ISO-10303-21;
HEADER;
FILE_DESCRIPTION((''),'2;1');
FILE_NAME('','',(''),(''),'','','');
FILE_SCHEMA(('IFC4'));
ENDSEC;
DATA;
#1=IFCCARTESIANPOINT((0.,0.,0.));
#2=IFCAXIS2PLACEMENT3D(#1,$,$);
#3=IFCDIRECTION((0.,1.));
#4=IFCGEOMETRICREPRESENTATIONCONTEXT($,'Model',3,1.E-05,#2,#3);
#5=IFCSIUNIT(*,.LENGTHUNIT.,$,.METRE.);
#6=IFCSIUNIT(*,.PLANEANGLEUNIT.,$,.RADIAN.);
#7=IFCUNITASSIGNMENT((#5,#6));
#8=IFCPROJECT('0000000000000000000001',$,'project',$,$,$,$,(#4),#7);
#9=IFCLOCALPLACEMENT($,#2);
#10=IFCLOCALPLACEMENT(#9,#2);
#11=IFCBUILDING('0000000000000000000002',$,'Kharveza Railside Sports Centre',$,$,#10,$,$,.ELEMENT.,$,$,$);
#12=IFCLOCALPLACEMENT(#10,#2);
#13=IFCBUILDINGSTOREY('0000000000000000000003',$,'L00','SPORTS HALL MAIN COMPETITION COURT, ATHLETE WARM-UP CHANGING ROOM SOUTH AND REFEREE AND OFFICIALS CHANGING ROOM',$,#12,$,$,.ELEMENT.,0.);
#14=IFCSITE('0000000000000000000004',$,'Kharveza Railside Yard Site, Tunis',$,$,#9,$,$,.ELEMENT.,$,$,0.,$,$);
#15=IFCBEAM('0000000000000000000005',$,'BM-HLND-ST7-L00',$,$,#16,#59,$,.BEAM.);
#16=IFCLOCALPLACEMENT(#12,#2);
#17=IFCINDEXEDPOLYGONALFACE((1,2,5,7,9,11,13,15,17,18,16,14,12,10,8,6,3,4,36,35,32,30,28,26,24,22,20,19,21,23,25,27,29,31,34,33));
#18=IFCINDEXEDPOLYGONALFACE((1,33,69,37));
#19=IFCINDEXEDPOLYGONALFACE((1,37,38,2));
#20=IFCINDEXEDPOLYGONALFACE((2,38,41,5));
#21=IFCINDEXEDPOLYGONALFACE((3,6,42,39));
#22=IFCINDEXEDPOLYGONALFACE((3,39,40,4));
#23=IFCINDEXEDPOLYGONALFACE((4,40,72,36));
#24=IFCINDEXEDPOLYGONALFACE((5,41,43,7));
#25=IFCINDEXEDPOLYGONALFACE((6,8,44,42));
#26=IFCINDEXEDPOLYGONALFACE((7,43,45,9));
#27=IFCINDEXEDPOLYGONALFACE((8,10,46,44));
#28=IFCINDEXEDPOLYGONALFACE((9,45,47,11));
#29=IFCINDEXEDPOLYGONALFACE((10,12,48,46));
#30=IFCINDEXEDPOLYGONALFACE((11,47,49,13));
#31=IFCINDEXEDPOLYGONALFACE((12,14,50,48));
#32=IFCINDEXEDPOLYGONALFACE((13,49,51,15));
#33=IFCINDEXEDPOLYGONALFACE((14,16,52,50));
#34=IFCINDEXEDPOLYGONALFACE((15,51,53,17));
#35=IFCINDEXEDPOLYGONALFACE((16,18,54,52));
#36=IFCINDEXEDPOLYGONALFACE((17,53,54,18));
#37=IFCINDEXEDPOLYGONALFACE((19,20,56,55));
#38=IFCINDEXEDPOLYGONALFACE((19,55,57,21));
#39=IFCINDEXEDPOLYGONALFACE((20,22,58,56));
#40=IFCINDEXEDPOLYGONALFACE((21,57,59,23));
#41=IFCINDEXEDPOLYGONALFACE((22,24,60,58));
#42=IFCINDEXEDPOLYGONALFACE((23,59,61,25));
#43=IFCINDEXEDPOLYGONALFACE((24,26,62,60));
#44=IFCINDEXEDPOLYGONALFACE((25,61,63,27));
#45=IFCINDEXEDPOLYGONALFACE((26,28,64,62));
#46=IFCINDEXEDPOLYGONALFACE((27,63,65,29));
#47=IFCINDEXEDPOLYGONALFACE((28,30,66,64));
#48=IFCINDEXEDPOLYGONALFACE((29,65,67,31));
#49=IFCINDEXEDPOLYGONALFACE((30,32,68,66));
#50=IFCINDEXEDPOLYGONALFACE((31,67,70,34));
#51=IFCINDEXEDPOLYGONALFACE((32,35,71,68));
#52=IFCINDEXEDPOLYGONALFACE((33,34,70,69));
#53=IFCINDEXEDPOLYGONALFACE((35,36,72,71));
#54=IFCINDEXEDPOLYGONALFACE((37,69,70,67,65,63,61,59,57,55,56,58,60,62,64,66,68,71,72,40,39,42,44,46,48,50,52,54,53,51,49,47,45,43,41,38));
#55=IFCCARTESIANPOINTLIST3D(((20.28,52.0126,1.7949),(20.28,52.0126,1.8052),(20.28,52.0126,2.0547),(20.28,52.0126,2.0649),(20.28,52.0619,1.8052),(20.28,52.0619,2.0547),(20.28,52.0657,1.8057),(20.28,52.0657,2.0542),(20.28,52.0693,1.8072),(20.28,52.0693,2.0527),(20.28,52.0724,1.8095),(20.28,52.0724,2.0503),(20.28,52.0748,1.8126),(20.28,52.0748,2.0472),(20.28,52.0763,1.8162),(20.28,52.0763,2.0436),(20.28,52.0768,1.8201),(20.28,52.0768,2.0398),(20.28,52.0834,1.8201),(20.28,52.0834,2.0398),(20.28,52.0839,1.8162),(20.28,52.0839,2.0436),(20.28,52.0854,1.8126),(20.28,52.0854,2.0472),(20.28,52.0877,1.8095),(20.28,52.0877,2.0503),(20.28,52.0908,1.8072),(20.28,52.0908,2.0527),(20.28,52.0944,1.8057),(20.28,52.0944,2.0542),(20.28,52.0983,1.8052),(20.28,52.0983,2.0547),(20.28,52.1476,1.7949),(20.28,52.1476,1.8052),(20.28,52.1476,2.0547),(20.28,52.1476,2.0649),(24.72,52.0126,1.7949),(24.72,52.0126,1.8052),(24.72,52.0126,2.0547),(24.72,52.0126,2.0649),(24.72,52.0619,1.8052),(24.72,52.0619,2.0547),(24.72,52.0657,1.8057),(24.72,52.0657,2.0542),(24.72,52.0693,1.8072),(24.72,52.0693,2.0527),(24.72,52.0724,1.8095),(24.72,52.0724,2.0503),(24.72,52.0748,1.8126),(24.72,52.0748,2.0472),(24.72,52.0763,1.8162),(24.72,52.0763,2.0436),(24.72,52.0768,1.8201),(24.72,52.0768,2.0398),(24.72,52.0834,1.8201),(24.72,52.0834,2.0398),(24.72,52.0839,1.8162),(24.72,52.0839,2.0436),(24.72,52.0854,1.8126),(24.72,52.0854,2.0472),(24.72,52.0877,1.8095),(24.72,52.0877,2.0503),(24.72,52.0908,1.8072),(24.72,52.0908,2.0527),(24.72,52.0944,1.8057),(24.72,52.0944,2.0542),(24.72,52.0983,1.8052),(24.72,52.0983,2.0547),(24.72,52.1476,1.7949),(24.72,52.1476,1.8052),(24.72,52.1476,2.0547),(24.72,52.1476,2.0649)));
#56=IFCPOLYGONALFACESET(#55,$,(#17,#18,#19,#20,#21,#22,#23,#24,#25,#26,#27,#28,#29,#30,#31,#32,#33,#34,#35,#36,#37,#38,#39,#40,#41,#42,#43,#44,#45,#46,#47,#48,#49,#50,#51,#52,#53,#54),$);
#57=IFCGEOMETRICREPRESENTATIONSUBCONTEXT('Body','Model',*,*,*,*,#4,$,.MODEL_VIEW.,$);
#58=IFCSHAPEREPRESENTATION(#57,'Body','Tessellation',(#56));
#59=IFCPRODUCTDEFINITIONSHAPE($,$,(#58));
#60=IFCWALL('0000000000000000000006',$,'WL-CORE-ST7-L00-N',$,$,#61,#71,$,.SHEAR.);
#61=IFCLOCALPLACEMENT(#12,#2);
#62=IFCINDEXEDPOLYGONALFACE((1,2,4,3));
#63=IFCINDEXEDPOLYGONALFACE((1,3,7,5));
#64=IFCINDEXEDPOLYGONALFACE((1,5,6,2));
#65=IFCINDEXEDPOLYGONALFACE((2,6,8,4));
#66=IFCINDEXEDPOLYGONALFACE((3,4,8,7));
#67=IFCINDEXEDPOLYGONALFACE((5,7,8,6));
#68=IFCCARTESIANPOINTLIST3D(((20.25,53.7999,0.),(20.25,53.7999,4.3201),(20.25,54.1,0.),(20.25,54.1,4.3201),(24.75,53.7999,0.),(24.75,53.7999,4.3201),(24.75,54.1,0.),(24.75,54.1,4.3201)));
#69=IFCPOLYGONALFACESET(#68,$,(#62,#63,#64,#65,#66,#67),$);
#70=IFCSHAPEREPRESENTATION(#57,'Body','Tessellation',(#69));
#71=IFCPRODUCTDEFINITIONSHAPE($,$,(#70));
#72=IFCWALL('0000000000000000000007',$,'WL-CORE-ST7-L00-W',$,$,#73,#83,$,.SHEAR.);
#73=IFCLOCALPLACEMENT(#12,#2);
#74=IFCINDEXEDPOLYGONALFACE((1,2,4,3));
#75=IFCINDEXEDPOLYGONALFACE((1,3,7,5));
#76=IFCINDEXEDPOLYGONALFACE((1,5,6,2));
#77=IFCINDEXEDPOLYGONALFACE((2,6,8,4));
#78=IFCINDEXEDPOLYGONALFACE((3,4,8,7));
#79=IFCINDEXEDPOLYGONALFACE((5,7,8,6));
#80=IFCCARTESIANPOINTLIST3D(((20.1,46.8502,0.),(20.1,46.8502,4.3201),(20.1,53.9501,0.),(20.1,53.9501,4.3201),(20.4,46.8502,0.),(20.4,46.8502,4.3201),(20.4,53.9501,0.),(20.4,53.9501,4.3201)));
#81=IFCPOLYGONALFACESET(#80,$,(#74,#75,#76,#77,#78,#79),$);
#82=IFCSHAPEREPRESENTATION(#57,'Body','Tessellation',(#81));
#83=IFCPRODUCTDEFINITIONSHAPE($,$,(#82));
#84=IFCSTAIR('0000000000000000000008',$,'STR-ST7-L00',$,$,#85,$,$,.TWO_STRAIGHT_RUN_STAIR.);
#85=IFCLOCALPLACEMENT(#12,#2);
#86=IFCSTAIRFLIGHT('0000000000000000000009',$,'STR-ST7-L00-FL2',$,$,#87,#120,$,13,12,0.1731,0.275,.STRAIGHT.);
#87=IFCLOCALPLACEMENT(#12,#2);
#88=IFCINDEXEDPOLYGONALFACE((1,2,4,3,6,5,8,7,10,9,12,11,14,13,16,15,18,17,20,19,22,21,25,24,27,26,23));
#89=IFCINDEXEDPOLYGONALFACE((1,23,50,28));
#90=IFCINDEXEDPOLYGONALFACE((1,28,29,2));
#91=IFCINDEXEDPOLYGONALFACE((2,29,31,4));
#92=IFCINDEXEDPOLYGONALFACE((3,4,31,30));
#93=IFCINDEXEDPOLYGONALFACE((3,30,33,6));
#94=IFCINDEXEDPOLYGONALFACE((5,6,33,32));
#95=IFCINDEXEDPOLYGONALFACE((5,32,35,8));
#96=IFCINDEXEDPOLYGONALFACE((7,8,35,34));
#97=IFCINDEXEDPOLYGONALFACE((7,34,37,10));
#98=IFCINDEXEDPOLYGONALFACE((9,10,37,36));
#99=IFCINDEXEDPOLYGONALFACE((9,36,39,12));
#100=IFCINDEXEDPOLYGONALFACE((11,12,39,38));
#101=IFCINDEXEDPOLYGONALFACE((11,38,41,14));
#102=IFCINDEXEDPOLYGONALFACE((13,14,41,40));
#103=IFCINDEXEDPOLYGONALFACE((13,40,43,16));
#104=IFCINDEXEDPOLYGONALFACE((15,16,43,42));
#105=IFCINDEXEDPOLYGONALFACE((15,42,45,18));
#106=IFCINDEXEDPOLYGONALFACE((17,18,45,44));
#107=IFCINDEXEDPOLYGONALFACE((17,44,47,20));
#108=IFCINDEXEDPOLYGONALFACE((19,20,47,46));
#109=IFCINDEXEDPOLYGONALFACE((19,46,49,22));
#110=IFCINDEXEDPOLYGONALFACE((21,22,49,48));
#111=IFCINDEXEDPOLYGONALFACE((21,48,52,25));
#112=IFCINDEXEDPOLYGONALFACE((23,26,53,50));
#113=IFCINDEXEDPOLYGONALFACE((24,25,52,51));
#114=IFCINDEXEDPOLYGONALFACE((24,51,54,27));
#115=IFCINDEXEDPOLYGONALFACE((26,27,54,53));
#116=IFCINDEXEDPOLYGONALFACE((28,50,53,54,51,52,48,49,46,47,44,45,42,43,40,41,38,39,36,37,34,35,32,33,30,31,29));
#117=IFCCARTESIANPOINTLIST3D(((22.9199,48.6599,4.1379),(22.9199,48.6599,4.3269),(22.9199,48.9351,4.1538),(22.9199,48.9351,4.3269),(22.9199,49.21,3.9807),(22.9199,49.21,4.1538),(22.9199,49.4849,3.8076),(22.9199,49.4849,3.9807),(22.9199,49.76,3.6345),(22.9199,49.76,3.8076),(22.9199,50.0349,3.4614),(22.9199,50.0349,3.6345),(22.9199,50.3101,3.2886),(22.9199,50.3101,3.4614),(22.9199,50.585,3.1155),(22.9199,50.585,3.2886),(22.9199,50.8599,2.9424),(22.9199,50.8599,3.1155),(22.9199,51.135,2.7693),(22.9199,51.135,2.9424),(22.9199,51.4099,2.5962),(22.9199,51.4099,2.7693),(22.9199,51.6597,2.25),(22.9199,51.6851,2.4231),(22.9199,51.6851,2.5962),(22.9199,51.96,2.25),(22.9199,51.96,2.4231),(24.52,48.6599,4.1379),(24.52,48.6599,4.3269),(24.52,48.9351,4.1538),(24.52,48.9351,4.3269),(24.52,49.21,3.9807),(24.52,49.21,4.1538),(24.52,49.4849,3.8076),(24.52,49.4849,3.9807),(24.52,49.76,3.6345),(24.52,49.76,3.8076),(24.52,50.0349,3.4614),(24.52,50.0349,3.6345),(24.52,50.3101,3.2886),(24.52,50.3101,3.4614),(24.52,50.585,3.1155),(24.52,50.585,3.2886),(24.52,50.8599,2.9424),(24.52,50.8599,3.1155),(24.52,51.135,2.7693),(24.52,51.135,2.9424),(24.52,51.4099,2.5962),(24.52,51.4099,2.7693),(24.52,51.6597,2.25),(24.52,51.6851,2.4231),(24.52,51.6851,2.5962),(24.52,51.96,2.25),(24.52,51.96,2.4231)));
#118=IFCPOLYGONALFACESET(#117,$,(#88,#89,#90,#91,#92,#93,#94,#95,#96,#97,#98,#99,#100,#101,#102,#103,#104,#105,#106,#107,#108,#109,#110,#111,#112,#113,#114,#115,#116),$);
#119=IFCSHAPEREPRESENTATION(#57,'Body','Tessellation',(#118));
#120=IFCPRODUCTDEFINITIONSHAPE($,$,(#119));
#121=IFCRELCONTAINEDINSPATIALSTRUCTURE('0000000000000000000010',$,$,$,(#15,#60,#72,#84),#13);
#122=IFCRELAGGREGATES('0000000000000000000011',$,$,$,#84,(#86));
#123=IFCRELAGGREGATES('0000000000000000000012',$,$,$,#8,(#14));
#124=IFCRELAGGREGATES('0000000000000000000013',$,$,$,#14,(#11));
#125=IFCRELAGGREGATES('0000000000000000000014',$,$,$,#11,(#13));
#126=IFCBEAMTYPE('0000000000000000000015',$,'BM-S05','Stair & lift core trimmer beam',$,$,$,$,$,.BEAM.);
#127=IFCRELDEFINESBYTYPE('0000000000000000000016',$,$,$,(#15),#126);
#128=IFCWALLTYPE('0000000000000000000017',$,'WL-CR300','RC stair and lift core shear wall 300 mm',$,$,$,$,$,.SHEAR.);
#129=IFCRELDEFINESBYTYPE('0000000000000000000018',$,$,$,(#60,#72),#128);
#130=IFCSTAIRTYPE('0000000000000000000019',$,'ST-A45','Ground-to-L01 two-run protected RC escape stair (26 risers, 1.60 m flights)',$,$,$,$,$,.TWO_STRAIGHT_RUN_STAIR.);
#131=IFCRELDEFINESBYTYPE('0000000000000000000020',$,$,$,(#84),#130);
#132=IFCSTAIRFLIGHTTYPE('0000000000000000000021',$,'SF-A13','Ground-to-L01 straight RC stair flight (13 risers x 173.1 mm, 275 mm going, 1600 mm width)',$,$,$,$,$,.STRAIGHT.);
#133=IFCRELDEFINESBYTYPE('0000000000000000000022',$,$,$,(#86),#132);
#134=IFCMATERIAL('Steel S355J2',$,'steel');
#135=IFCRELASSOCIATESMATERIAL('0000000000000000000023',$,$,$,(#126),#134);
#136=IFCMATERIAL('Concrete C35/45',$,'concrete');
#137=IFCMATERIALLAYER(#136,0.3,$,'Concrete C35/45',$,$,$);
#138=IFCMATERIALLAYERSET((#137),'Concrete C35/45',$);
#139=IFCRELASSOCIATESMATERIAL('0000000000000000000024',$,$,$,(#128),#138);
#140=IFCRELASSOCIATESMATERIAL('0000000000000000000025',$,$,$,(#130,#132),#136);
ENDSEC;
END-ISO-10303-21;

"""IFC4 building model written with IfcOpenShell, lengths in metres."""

from ifc_helpers import new_model, si_unit, direction, frame, frame_2d, origin, origin_2d, place, context, subcontext, project, spatial, polyline, rectangle, i_section, outline, extrude, material, layer, layer_set, material_profile, profile_set, type_object, element, aggregate, save


model = new_model("IFC4")

# Units and contexts
model_context = context("Model", 3, precision=1e-05, world=origin(), true_north=direction((0.0, 1.0)))
body_context = subcontext(model_context, "Body", "Model", "MODEL_VIEW")
ifc_project = project(units=[si_unit("LENGTHUNIT", "METRE"), si_unit("PLANEANGLEUNIT", "RADIAN")], contexts=[model_context])

# Site, building, storey
site_placement = place(None, origin())
site = spatial("IfcSite", under=ifc_project, at=site_placement, Name="Kharveza Railside Yard Site, Tunis", CompositionType="ELEMENT", RefElevation=0.0)
building_placement = place(site_placement, origin())
building = spatial("IfcBuilding", under=site, at=building_placement, Name="Kharveza Railside Sports Centre", CompositionType="ELEMENT")
storey_placement = place(building_placement, origin())
storey = spatial("IfcBuildingStorey", under=building, at=storey_placement, Name="L00", Description="SPORTS HALL MAIN COMPETITION COURT, ATHLETE WARM-UP CHANGING ROOM SOUTH AND REFEREE AND OFFICIALS CHANGING ROOM", CompositionType="ELEMENT", Elevation=0.0)

# Shared definitions
ifc_material_1 = material(Name="Concrete C35/45", Category="concrete")

# Shared definitions
ifc_material_2 = material(Name="Steel S355J2", Category="steel")

# Beam
ifc_material_profile_1 = material_profile(ifc_material_2, i_section(OverallWidth=0.135, OverallDepth=0.27, WebThickness=0.0066, FlangeThickness=0.0103, FilletRadius=0.0149, at=origin_2d()), Name="IPE 270")
ifc_profile_set_1 = profile_set([ifc_material_profile_1], Name="Steel S355J2")
beam_type_1 = type_object("IfcBeamType", Name="BM-S05", Description="Stair & lift core trimmer beam", PredefinedType="BEAM", material=ifc_profile_set_1)
beam_1_placement = place(storey_placement, frame((20.28, 52.0801, 1.9299), z_axis=(1.0, 0.0, 0.0), x_axis=(0.0, 1.0, 0.0)))
element("IfcBeam", 1, at=beam_1_placement, inside=storey, type_object=beam_type_1, Name="BM-HLND-ST7-L00", PredefinedType="BEAM", context=body_context, shape_type="SweptSolid", body=[
    extrude(i_section(OverallWidth=0.135, OverallDepth=0.27, WebThickness=0.0066, FlangeThickness=0.0103, FilletRadius=0.0149, at=origin_2d()), origin(), (0.0, 0.0, 1.0), 4.4399),
])

# Walls
ifc_layer = layer(ifc_material_1, 0.3, Name="Concrete C35/45")
ifc_layer_set = layer_set([ifc_layer], Name="Concrete C35/45")
wall_type = type_object("IfcWallType", Name="WL-CR300", Description="RC stair and lift core shear wall 300 mm", PredefinedType="SHEAR", material=ifc_layer_set)
wall_1_placement = place(storey_placement, frame((24.75, 53.95, 0.0), z_axis=(0.0, 0.0, 1.0), x_axis=(-1.0, 0.0, 0.0)))
element("IfcWall", 2, at=wall_1_placement, inside=storey, type_object=wall_type, Name="WL-CORE-ST7-L00-N", PredefinedType="SHEAR", context=body_context, shape_type="SweptSolid", body=[
    extrude(rectangle(XDim=4.5, YDim=0.3, at=frame_2d((2.25, 0.0))), origin(), (0.0, 0.0, 1.0), 4.3201),
])
wall_2_placement = place(storey_placement, frame((20.25, 53.95, 0.0), z_axis=(0.0, 0.0, 1.0), x_axis=(0.0, -1.0, 0.0)))
element("IfcWall", 3, at=wall_2_placement, inside=storey, type_object=wall_type, Name="WL-CORE-ST7-L00-W", PredefinedType="SHEAR", context=body_context, shape_type="SweptSolid", body=[
    extrude(rectangle(XDim=7.0999, YDim=0.3, at=frame_2d((3.5498, 0.0))), origin(), (0.0, 0.0, 1.0), 4.3201),
])

# Stair, stair flight
stair_type = type_object("IfcStairType", Name="ST-A45", Description="Ground-to-L01 two-run protected RC escape stair (26 risers, 1.60 m flights)", PredefinedType="TWO_STRAIGHT_RUN_STAIR", material=ifc_material_1)
stair_placement = place(storey_placement, origin())
stair = element("IfcStair", 4, at=stair_placement, inside=storey, type_object=stair_type, Name="STR-ST7-L00", PredefinedType="TWO_STRAIGHT_RUN_STAIR")
stair_flight_type = type_object("IfcStairFlightType", Name="SF-A13", Description="Ground-to-L01 straight RC stair flight (13 risers x 173.1 mm, 275 mm going, 1600 mm width)", PredefinedType="STRAIGHT", material=ifc_material_1)
stair_flight_placement = place(storey_placement, frame((23.72, 51.96, 2.25), z_axis=(0.0, 0.0, 1.0), x_axis=(0.0, -1.0, 0.0)))
stair_flight = element("IfcStairFlight", 5, at=stair_flight_placement, type_object=stair_flight_type, Name="STR-ST7-L00-FL2", NumberOfRisers=13, NumberOfTreads=12, PredefinedType="STRAIGHT", RiserHeight=0.1731, TreadLength=0.275, context=body_context, shape_type="SweptSolid", body=[
    extrude(outline(polyline([(0.0, 0.0), (0.0, 0.1731), (0.2749, 0.1731), (0.2749, 0.3462), (0.55, 0.3462), (0.55, 0.5193), (0.825, 0.5193), (0.825, 0.6924), (1.1001, 0.6924), (1.1001, 0.8655), (1.375, 0.8655), (1.375, 1.0386), (1.6499, 1.0386), (1.6499, 1.2114), (1.925, 1.2114), (1.925, 1.3845), (2.2, 1.3845), (2.2, 1.5576), (2.4751, 1.5576), (2.4751, 1.7307), (2.75, 1.7307), (2.75, 1.9038), (3.0249, 1.9038), (3.0249, 2.0769), (3.3, 2.0769), (3.3, 2.25), (3.3, 1.8879), (0.3003, 0.0), (0.0, 0.0)])), frame((0.0, 0.8, 0.0), z_axis=(0.0, -1.0, 0.0), x_axis=(1.0, 0.0, 0.0)), (0.0, 0.0, 1.0), 1.6001),
])
aggregate(stair, [stair_flight])

save(model, "model.ifc")
